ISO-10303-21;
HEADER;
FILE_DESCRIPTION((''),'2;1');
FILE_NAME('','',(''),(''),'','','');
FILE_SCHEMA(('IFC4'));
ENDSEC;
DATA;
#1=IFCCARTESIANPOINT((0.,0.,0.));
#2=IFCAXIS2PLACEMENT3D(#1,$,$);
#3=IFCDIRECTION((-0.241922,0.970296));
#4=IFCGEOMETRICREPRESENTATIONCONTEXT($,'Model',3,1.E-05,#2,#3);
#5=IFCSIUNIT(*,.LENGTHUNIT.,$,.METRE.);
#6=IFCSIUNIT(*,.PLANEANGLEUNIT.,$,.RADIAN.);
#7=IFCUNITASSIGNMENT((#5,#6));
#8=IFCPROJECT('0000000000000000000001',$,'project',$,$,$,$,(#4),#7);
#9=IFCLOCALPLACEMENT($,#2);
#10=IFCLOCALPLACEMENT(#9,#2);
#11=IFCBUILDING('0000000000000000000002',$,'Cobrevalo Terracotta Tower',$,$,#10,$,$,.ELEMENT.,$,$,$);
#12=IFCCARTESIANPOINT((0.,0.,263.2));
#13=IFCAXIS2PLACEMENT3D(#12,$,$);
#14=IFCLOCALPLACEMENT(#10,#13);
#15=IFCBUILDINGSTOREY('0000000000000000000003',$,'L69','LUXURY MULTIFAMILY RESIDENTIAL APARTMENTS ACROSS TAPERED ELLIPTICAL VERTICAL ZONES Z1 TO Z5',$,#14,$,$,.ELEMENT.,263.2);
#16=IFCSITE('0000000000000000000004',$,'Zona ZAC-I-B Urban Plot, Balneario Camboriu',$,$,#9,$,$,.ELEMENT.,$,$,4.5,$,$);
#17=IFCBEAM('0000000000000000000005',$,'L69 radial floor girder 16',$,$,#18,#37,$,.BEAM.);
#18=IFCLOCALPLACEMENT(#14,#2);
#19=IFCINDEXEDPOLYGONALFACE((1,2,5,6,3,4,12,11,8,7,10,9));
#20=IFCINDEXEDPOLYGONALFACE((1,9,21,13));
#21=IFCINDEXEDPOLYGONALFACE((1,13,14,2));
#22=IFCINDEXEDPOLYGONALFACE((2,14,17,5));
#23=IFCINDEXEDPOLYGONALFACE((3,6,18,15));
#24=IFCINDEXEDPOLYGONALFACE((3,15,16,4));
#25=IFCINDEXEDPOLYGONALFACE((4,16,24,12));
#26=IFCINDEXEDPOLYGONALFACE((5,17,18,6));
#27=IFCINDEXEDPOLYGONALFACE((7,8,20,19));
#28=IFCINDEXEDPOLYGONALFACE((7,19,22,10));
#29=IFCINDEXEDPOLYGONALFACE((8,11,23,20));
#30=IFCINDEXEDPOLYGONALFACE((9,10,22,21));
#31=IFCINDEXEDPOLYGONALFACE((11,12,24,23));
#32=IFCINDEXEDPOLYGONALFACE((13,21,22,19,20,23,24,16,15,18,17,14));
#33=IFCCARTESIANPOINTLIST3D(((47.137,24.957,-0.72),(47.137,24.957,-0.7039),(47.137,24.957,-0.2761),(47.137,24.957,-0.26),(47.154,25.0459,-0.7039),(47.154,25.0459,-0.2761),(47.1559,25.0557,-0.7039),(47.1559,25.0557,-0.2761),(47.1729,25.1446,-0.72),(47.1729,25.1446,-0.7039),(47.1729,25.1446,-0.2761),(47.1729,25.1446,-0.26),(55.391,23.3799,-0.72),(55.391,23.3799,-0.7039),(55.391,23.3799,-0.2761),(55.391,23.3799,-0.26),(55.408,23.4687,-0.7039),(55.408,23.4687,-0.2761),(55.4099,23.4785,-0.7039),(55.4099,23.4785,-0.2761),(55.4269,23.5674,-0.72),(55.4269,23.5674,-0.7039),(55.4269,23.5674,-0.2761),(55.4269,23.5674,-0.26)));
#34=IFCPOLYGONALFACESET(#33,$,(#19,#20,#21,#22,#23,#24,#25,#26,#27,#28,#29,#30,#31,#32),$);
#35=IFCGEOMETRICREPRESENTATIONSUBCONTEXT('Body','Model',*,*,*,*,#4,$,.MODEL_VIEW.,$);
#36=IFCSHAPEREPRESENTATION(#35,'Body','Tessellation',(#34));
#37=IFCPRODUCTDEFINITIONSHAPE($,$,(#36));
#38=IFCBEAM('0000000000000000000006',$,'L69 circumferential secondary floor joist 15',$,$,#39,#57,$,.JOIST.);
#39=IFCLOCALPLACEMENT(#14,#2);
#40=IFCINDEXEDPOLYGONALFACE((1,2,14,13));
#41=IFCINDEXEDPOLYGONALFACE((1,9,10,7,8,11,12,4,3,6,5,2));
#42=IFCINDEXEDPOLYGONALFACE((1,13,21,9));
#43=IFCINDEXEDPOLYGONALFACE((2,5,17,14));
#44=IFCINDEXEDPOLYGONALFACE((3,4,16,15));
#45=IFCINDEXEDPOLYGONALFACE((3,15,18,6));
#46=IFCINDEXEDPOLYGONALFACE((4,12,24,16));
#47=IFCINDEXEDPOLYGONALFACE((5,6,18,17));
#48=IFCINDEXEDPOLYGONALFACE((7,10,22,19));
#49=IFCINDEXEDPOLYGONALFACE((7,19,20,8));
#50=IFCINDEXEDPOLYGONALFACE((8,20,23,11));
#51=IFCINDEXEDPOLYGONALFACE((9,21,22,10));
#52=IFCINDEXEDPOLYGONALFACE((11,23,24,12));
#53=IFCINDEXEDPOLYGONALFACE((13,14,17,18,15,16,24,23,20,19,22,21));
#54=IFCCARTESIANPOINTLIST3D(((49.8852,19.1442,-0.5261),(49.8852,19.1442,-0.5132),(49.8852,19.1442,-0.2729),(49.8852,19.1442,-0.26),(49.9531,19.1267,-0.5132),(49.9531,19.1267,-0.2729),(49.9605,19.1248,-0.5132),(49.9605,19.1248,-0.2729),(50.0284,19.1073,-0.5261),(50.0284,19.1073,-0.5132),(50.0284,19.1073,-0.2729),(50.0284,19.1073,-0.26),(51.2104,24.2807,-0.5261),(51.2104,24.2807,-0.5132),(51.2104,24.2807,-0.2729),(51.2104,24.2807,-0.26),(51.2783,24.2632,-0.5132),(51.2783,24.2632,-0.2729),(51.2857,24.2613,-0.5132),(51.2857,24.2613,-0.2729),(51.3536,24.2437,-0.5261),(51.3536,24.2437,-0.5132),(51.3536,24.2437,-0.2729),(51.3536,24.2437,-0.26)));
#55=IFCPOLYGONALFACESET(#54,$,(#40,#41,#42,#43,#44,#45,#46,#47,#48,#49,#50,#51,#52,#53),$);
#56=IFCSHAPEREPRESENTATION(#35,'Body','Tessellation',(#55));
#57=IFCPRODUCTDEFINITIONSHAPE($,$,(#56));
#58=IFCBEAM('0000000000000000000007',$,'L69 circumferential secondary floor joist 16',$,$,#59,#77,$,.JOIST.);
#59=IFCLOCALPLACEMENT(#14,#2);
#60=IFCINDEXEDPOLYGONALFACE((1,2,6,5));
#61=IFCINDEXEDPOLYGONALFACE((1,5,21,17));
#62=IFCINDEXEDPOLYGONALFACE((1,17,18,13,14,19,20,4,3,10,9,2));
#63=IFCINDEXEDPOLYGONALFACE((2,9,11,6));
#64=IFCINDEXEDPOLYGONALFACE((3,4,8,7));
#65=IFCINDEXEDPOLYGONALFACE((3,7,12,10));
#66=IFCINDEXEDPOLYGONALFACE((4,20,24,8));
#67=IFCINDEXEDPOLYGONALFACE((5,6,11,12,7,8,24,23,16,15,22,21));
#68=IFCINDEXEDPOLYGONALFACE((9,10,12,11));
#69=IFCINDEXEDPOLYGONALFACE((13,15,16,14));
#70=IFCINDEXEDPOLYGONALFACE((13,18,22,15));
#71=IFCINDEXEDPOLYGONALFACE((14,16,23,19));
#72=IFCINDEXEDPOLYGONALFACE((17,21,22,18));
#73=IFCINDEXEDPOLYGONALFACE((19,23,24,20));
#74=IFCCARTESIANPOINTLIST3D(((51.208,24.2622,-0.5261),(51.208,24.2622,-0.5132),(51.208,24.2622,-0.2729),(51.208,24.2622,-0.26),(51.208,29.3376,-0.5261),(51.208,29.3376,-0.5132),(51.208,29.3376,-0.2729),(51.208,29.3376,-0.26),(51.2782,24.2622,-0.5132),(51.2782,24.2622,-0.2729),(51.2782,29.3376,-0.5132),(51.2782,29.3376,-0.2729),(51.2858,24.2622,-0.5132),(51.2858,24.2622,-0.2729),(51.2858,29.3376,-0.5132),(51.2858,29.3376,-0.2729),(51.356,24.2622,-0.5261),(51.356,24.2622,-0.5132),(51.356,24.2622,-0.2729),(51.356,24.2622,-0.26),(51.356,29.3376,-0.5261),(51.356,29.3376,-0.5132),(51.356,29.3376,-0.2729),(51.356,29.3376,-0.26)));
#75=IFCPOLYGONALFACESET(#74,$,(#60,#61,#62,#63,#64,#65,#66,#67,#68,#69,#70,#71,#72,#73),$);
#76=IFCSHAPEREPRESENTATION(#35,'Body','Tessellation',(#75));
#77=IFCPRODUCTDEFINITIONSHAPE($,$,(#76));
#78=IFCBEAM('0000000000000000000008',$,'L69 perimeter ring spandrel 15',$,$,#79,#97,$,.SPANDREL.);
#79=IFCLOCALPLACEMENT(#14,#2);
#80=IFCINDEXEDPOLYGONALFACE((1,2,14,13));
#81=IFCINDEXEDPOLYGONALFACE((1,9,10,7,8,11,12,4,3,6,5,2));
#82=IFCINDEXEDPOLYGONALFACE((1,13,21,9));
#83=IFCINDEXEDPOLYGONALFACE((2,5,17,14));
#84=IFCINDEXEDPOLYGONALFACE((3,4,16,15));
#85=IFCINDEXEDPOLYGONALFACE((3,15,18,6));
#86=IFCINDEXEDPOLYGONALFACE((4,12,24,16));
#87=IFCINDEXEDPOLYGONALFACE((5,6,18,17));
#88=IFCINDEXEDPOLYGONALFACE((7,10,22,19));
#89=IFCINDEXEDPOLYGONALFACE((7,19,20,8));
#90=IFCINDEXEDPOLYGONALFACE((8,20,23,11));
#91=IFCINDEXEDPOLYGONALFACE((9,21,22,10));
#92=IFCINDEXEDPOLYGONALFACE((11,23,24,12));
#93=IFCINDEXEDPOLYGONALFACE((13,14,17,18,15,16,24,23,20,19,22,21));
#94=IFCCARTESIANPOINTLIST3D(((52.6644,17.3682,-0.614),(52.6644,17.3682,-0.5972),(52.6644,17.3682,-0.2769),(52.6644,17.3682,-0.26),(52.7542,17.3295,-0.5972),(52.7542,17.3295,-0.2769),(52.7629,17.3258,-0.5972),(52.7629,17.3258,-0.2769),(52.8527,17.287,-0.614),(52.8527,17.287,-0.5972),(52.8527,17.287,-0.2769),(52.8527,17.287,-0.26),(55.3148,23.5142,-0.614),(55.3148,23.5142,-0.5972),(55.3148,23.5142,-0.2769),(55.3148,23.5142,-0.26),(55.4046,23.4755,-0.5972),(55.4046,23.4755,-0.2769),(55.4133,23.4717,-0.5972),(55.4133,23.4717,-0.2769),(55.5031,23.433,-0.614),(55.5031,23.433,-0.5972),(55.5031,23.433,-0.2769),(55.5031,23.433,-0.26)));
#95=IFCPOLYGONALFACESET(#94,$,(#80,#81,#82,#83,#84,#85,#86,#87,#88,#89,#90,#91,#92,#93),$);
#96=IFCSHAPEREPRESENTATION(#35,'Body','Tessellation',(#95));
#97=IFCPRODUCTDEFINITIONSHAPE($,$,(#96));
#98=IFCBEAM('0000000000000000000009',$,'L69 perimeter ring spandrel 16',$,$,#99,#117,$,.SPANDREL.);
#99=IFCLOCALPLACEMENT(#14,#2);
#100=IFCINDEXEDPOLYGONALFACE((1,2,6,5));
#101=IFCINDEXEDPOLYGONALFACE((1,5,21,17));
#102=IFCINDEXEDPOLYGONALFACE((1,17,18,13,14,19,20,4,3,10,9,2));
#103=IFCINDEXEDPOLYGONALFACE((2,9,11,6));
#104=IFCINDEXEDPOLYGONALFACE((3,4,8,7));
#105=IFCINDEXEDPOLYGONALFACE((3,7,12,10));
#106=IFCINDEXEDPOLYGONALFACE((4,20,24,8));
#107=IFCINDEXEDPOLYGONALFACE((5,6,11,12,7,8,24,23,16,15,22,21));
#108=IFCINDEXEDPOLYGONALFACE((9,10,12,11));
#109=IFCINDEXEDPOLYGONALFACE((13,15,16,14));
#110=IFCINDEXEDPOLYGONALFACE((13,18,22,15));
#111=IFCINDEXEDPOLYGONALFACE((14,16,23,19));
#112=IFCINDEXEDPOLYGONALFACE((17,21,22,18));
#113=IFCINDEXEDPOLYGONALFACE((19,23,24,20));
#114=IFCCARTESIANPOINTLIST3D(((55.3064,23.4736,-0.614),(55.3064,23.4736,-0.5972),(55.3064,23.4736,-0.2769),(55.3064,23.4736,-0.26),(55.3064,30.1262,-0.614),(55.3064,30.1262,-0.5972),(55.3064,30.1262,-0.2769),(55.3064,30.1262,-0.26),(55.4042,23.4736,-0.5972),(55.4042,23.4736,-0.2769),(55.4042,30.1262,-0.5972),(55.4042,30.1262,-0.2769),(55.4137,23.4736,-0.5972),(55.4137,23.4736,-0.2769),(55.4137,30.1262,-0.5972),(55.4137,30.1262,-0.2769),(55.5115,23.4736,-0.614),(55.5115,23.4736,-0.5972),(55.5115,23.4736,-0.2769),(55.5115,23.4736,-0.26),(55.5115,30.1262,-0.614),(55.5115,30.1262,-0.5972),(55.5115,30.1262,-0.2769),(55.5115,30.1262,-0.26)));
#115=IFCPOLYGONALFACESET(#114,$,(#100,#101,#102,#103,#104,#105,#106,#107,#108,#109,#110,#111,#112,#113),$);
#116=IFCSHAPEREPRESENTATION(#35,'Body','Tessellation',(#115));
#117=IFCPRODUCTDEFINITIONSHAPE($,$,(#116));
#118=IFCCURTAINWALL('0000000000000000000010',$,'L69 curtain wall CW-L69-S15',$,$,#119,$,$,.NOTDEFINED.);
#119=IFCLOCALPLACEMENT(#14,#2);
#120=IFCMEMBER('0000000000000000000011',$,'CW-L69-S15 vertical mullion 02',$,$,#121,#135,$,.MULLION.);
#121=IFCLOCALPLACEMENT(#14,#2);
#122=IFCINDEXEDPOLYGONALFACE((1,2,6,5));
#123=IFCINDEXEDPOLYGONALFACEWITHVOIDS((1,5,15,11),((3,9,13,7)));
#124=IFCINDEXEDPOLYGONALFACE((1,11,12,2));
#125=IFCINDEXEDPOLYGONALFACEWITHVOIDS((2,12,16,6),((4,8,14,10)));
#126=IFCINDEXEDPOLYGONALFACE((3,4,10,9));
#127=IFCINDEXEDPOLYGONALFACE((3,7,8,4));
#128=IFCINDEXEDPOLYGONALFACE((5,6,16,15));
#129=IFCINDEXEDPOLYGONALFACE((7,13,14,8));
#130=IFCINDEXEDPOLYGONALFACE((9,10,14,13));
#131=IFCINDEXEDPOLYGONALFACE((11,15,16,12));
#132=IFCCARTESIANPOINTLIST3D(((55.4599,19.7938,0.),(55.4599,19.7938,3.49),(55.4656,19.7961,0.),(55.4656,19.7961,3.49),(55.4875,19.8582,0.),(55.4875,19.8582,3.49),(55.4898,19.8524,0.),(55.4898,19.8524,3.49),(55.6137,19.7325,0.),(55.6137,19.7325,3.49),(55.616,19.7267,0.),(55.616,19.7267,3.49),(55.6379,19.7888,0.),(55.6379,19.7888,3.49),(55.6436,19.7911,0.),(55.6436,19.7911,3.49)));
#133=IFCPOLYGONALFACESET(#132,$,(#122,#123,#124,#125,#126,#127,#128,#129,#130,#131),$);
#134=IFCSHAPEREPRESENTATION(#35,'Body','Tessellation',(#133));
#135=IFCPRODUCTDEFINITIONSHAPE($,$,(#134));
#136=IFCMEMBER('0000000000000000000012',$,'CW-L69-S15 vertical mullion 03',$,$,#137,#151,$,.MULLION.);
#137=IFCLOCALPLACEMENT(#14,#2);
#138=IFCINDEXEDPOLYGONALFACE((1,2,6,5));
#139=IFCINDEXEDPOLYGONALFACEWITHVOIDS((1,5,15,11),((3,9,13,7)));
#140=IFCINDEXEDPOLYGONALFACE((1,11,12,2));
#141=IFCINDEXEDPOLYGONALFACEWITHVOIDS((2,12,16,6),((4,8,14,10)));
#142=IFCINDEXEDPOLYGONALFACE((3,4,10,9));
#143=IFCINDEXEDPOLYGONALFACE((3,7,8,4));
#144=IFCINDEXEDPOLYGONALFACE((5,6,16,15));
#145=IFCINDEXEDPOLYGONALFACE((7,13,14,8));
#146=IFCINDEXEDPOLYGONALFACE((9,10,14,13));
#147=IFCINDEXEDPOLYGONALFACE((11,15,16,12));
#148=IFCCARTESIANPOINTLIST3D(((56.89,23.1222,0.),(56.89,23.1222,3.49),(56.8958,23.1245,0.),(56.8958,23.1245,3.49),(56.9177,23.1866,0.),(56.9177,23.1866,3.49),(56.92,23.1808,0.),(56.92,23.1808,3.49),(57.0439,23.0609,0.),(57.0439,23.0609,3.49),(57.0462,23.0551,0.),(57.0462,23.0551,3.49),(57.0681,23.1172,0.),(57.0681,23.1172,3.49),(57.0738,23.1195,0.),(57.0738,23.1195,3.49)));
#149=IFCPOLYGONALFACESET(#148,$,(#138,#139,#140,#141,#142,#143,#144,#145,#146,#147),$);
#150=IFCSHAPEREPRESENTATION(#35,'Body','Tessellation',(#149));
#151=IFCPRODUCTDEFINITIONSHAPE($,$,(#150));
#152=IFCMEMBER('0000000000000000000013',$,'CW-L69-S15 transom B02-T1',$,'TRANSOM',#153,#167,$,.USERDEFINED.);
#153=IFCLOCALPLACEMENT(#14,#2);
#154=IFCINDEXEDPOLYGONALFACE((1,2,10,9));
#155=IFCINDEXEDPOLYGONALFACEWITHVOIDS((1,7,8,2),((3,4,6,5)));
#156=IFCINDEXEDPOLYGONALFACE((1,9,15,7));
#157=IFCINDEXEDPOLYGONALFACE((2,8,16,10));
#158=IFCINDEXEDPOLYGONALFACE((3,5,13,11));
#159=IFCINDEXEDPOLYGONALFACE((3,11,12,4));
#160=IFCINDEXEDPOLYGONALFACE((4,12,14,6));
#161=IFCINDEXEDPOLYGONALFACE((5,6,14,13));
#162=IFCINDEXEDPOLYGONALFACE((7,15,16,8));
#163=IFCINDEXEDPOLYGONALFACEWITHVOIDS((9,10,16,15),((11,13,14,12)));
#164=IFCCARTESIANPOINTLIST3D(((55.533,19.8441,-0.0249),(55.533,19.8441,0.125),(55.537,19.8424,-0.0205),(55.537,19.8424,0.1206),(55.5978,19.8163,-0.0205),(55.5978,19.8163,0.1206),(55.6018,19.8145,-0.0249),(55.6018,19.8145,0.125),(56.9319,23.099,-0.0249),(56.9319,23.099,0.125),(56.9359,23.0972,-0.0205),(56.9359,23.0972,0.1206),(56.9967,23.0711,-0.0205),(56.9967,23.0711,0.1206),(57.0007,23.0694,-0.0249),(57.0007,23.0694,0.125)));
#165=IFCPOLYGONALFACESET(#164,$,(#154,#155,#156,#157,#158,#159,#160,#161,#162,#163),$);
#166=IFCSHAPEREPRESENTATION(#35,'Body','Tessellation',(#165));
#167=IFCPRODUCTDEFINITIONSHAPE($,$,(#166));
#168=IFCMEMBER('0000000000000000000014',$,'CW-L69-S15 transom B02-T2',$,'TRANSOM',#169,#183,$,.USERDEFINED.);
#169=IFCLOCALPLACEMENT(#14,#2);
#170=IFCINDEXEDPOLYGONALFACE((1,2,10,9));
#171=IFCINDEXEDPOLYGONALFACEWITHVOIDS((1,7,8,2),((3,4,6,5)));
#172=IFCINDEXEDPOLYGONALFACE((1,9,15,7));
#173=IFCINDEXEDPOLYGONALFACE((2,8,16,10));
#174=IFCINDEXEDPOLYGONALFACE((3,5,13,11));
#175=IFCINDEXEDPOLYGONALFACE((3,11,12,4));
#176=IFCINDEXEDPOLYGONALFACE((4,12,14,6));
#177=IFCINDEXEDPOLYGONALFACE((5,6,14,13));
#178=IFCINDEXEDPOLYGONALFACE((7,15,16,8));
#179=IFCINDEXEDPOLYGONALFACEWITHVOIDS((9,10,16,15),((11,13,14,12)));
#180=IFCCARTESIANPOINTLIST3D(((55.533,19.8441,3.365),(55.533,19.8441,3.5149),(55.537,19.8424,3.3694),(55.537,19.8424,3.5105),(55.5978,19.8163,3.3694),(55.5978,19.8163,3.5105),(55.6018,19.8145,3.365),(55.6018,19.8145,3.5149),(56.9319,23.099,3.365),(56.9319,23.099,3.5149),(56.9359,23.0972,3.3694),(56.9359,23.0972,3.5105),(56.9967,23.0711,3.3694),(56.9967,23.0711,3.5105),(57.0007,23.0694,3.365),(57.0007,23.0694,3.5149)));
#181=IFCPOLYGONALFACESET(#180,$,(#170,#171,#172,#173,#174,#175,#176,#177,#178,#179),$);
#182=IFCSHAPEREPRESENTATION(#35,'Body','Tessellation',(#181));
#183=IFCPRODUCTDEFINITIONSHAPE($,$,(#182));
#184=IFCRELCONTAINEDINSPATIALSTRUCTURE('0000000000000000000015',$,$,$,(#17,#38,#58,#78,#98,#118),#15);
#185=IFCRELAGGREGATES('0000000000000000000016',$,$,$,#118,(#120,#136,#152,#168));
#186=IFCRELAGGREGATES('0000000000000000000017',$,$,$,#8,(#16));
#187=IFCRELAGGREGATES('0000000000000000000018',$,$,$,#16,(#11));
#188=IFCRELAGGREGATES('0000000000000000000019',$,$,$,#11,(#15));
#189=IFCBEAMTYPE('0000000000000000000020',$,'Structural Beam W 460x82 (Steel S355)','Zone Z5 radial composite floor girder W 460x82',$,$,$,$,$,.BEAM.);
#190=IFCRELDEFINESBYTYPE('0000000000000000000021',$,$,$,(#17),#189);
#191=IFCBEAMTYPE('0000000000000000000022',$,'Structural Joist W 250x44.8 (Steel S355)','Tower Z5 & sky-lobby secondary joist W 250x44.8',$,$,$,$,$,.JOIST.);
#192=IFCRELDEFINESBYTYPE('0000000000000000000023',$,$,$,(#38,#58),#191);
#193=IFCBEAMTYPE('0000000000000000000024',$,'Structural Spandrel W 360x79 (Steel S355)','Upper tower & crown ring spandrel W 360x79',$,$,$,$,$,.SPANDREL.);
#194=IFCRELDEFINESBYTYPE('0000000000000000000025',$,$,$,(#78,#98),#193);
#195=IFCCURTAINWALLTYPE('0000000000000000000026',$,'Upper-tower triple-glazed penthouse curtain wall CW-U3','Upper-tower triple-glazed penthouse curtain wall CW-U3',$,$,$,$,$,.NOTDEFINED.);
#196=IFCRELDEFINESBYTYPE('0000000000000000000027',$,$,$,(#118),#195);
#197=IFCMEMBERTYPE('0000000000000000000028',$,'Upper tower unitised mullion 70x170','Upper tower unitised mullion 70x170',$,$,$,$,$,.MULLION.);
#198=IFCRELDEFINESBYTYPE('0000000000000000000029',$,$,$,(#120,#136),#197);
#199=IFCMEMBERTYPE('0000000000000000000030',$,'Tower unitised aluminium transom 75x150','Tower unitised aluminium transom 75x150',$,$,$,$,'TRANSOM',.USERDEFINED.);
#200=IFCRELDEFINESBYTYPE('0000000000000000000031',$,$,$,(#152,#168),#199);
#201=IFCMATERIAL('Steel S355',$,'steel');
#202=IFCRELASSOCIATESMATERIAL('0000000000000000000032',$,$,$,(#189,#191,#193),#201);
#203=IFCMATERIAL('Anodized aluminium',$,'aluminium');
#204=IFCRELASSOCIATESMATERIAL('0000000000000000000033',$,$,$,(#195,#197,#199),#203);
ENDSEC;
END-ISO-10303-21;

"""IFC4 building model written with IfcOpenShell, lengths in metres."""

from ifc_helpers import new_model, si_unit, direction, frame, origin, origin_2d, place, context, subcontext, project, spatial, hollow_rectangle, i_section, extrude, source, transform, mapped, material, material_profile, profile_set, type_object, element, aggregate, save


model = new_model("IFC4")

# Units and contexts
model_context = context("Model", 3, precision=1e-05, world=origin(), true_north=direction((-0.241922, 0.970296)))
body_context = subcontext(model_context, "Body", "Model", "MODEL_VIEW")
ifc_project = project(units=[si_unit("LENGTHUNIT", "METRE"), si_unit("PLANEANGLEUNIT", "RADIAN")], contexts=[model_context])

# Site, building, storey
site_placement = place(None, origin())
site = spatial("IfcSite", under=ifc_project, at=site_placement, Name="Zona ZAC-I-B Urban Plot, Balneario Camboriu", CompositionType="ELEMENT", RefElevation=4.5)
building_placement = place(site_placement, origin())
building = spatial("IfcBuilding", under=site, at=building_placement, Name="Cobrevalo Terracotta Tower", CompositionType="ELEMENT")
storey_placement = place(building_placement, frame((0.0, 0.0, 263.2)))
storey = spatial("IfcBuildingStorey", under=building, at=storey_placement, Name="L69", Description="LUXURY MULTIFAMILY RESIDENTIAL APARTMENTS ACROSS TAPERED ELLIPTICAL VERTICAL ZONES Z1 TO Z5", CompositionType="ELEMENT", Elevation=263.2)

# Shared definitions
ifc_material_1 = material(Name="Steel S355", Category="steel")

# Beams
ifc_material_profile_1 = material_profile(ifc_material_1, i_section(OverallWidth=0.1909, OverallDepth=0.46, WebThickness=0.01, FlangeThickness=0.0161, at=origin_2d()), Name="W 460x82")
ifc_profile_set_1 = profile_set([ifc_material_profile_1], Name="Steel S355")
beam_type_1 = type_object("IfcBeamType", Name="Structural Beam W 460x82 (Steel S355)", Description="Zone Z5 radial composite floor girder W 460x82", PredefinedType="BEAM", material=ifc_profile_set_1)
beam_1_placement = place(storey_placement, frame((55.4089, 23.4736, -0.49), z_axis=(-0.98223, 0.187683, 0.0), x_axis=(-0.187683, -0.98223, 0.0)))
element("IfcBeam", 1, at=beam_1_placement, inside=storey, type_object=beam_type_1, Name="L69 radial floor girder 16", PredefinedType="BEAM", context=body_context, shape_type="SweptSolid", body=[
    extrude(i_section(OverallWidth=0.1909, OverallDepth=0.46, WebThickness=0.01, FlangeThickness=0.0161, at=origin_2d()), origin(), (0.0, 0.0, 1.0), 8.4033),
])
ifc_material_profile_2 = material_profile(ifc_material_1, i_section(OverallWidth=0.1479, OverallDepth=0.2661, WebThickness=0.0076, FlangeThickness=0.0129, at=origin_2d()), Name="W 250x44.8")
ifc_profile_set_2 = profile_set([ifc_material_profile_2], Name="Steel S355")
beam_type_2 = type_object("IfcBeamType", Name="Structural Joist W 250x44.8 (Steel S355)", Description="Tower Z5 & sky-lobby secondary joist W 250x44.8", PredefinedType="JOIST", material=ifc_profile_set_2)
beam_2_placement = place(storey_placement, frame((49.9568, 19.1257, -0.3931), z_axis=(0.249817, 0.968293, 0.0), x_axis=(-0.968293, 0.249817, 0.0)))
element("IfcBeam", 2, at=beam_2_placement, inside=storey, type_object=beam_type_2, Name="L69 circumferential secondary floor joist 15", PredefinedType="JOIST", context=body_context, shape_type="SweptSolid", body=[
    extrude(i_section(OverallWidth=0.1479, OverallDepth=0.2661, WebThickness=0.0076, FlangeThickness=0.0129, at=origin_2d()), origin(), (0.0, 0.0, 1.0), 5.3047),
])
beam_3_placement = place(storey_placement, frame((51.282, 24.2622, -0.3931), z_axis=(0.0, 1.0, 0.0), x_axis=(-1.0, 0.0, 0.0)))
element("IfcBeam", 3, at=beam_3_placement, inside=storey, type_object=beam_type_2, Name="L69 circumferential secondary floor joist 16", PredefinedType="JOIST", context=body_context, shape_type="SweptSolid", body=[
    extrude(i_section(OverallWidth=0.1479, OverallDepth=0.2661, WebThickness=0.0076, FlangeThickness=0.0129, at=origin_2d()), origin(), (0.0, 0.0, 1.0), 5.0754),
])
ifc_material_profile_3 = material_profile(ifc_material_1, i_section(OverallWidth=0.2051, OverallDepth=0.354, WebThickness=0.0095, FlangeThickness=0.0168, at=origin_2d()), Name="W 360x79")
ifc_profile_set_3 = profile_set([ifc_material_profile_3], Name="Steel S355")
beam_type_3 = type_object("IfcBeamType", Name="Structural Spandrel W 360x79 (Steel S355)", Description="Upper tower & crown ring spandrel W 360x79", PredefinedType="SPANDREL", material=ifc_profile_set_3)
beam_4_placement = place(storey_placement, frame((52.7585, 17.3276, -0.437), z_axis=(0.395987, 0.918256, 0.0), x_axis=(-0.918256, 0.395987, 0.0)))
element("IfcBeam", 4, at=beam_4_placement, inside=storey, type_object=beam_type_3, Name="L69 perimeter ring spandrel 15", PredefinedType="SPANDREL", context=body_context, shape_type="SweptSolid", body=[
    extrude(i_section(OverallWidth=0.2051, OverallDepth=0.354, WebThickness=0.0095, FlangeThickness=0.0168, at=origin_2d()), origin(), (0.0, 0.0, 1.0), 6.6931),
])
beam_5_placement = place(storey_placement, frame((55.4089, 23.4736, -0.437), z_axis=(0.0, 1.0, 0.0), x_axis=(-1.0, 0.0, 0.0)))
element("IfcBeam", 5, at=beam_5_placement, inside=storey, type_object=beam_type_3, Name="L69 perimeter ring spandrel 16", PredefinedType="SPANDREL", context=body_context, shape_type="SweptSolid", body=[
    extrude(i_section(OverallWidth=0.2051, OverallDepth=0.354, WebThickness=0.0095, FlangeThickness=0.0168, at=origin_2d()), origin(), (0.0, 0.0, 1.0), 6.6526),
])

# Curtain wall, members
ifc_material_2 = material(Name="Anodized aluminium", Category="aluminium")
curtain_wall_type = type_object("IfcCurtainWallType", Name="Upper-tower triple-glazed penthouse curtain wall CW-U3", Description="Upper-tower triple-glazed penthouse curtain wall CW-U3", PredefinedType="NOTDEFINED", material=ifc_material_2)
curtain_wall_placement = place(storey_placement, origin())
curtain_wall = element("IfcCurtainWall", 6, at=curtain_wall_placement, inside=storey, type_object=curtain_wall_type, Name="L69 curtain wall CW-L69-S15", PredefinedType="NOTDEFINED")
ifc_material_profile_4 = material_profile(ifc_material_2, hollow_rectangle(XDim=0.0701, YDim=0.1699, WallThickness=0.0044, at=origin_2d()), Name="CWM 70x170")
ifc_profile_set_4 = profile_set([ifc_material_profile_4], Name="Anodized aluminium")
member_type_1 = type_object("IfcMemberType", Name="Upper tower unitised mullion 70x170", Description="Upper tower unitised mullion 70x170", PredefinedType="MULLION", material=ifc_profile_set_4)
shared_shape_1 = source(origin(), body_context, "Body", "SweptSolid", [
    extrude(hollow_rectangle(XDim=0.0701, YDim=0.1699, WallThickness=0.0044, at=origin_2d()), origin(), (0.0, 0.0, 1.0), 3.49),
])
member_1_placement = place(storey_placement, frame((55.5518, 19.7925, 0.0), z_axis=(0.0, 0.0, 1.0), x_axis=(0.394824, 0.918757, 0.0)))
member_1 = element("IfcMember", 7, at=member_1_placement, type_object=member_type_1, Name="CW-L69-S15 vertical mullion 02", PredefinedType="MULLION", context=body_context, shape_type="MappedRepresentation", body=[
    mapped(shared_shape_1, transform((0.0, 0.0, 0.0), scale=1.0)),
])
member_2_placement = place(storey_placement, frame((56.9819, 23.1208, 0.0), z_axis=(0.0, 0.0, 1.0), x_axis=(0.394824, 0.918757, 0.0)))
member_2 = element("IfcMember", 8, at=member_2_placement, type_object=member_type_1, Name="CW-L69-S15 vertical mullion 03", PredefinedType="MULLION", context=body_context, shape_type="MappedRepresentation", body=[
    mapped(shared_shape_1, transform((0.0, 0.0, 0.0), scale=1.0)),
])
ifc_material_profile_5 = material_profile(ifc_material_2, hollow_rectangle(XDim=0.075, YDim=0.1499, WallThickness=0.0044, at=origin_2d()), Name="CWT 75x150")
ifc_profile_set_5 = profile_set([ifc_material_profile_5], Name="Anodized aluminium")
member_type_2 = type_object("IfcMemberType", Name="Tower unitised aluminium transom 75x150", Description="Tower unitised aluminium transom 75x150", ElementType="TRANSOM", PredefinedType="USERDEFINED", material=ifc_profile_set_5)
shared_shape_2 = source(origin(), body_context, "Body", "SweptSolid", [
    extrude(hollow_rectangle(XDim=0.075, YDim=0.1499, WallThickness=0.0044, at=origin_2d()), origin(), (0.0, 0.0, 1.0), 3.5427),
])
member_3_placement = place(storey_placement, frame((55.5674, 19.8293, 0.05), z_axis=(0.394867, 0.918738, 0.0), x_axis=(-0.918738, 0.394867, 0.0)))
member_3 = element("IfcMember", 9, at=member_3_placement, type_object=member_type_2, Name="CW-L69-S15 transom B02-T1", ObjectType="TRANSOM", PredefinedType="USERDEFINED", context=body_context, shape_type="MappedRepresentation", body=[
    mapped(shared_shape_2, transform((0.0, 0.0, 0.0), scale=1.0)),
])
member_4_placement = place(storey_placement, frame((55.5674, 19.8293, 3.4399), z_axis=(0.394867, 0.918738, 0.0), x_axis=(-0.918738, 0.394867, 0.0)))
member_4 = element("IfcMember", 10, at=member_4_placement, type_object=member_type_2, Name="CW-L69-S15 transom B02-T2", ObjectType="TRANSOM", PredefinedType="USERDEFINED", context=body_context, shape_type="MappedRepresentation", body=[
    mapped(shared_shape_2, transform((0.0, 0.0, 0.0), scale=1.0)),
])
aggregate(curtain_wall, [member_1, member_2, member_3, member_4])

save(model, "model.ifc")
